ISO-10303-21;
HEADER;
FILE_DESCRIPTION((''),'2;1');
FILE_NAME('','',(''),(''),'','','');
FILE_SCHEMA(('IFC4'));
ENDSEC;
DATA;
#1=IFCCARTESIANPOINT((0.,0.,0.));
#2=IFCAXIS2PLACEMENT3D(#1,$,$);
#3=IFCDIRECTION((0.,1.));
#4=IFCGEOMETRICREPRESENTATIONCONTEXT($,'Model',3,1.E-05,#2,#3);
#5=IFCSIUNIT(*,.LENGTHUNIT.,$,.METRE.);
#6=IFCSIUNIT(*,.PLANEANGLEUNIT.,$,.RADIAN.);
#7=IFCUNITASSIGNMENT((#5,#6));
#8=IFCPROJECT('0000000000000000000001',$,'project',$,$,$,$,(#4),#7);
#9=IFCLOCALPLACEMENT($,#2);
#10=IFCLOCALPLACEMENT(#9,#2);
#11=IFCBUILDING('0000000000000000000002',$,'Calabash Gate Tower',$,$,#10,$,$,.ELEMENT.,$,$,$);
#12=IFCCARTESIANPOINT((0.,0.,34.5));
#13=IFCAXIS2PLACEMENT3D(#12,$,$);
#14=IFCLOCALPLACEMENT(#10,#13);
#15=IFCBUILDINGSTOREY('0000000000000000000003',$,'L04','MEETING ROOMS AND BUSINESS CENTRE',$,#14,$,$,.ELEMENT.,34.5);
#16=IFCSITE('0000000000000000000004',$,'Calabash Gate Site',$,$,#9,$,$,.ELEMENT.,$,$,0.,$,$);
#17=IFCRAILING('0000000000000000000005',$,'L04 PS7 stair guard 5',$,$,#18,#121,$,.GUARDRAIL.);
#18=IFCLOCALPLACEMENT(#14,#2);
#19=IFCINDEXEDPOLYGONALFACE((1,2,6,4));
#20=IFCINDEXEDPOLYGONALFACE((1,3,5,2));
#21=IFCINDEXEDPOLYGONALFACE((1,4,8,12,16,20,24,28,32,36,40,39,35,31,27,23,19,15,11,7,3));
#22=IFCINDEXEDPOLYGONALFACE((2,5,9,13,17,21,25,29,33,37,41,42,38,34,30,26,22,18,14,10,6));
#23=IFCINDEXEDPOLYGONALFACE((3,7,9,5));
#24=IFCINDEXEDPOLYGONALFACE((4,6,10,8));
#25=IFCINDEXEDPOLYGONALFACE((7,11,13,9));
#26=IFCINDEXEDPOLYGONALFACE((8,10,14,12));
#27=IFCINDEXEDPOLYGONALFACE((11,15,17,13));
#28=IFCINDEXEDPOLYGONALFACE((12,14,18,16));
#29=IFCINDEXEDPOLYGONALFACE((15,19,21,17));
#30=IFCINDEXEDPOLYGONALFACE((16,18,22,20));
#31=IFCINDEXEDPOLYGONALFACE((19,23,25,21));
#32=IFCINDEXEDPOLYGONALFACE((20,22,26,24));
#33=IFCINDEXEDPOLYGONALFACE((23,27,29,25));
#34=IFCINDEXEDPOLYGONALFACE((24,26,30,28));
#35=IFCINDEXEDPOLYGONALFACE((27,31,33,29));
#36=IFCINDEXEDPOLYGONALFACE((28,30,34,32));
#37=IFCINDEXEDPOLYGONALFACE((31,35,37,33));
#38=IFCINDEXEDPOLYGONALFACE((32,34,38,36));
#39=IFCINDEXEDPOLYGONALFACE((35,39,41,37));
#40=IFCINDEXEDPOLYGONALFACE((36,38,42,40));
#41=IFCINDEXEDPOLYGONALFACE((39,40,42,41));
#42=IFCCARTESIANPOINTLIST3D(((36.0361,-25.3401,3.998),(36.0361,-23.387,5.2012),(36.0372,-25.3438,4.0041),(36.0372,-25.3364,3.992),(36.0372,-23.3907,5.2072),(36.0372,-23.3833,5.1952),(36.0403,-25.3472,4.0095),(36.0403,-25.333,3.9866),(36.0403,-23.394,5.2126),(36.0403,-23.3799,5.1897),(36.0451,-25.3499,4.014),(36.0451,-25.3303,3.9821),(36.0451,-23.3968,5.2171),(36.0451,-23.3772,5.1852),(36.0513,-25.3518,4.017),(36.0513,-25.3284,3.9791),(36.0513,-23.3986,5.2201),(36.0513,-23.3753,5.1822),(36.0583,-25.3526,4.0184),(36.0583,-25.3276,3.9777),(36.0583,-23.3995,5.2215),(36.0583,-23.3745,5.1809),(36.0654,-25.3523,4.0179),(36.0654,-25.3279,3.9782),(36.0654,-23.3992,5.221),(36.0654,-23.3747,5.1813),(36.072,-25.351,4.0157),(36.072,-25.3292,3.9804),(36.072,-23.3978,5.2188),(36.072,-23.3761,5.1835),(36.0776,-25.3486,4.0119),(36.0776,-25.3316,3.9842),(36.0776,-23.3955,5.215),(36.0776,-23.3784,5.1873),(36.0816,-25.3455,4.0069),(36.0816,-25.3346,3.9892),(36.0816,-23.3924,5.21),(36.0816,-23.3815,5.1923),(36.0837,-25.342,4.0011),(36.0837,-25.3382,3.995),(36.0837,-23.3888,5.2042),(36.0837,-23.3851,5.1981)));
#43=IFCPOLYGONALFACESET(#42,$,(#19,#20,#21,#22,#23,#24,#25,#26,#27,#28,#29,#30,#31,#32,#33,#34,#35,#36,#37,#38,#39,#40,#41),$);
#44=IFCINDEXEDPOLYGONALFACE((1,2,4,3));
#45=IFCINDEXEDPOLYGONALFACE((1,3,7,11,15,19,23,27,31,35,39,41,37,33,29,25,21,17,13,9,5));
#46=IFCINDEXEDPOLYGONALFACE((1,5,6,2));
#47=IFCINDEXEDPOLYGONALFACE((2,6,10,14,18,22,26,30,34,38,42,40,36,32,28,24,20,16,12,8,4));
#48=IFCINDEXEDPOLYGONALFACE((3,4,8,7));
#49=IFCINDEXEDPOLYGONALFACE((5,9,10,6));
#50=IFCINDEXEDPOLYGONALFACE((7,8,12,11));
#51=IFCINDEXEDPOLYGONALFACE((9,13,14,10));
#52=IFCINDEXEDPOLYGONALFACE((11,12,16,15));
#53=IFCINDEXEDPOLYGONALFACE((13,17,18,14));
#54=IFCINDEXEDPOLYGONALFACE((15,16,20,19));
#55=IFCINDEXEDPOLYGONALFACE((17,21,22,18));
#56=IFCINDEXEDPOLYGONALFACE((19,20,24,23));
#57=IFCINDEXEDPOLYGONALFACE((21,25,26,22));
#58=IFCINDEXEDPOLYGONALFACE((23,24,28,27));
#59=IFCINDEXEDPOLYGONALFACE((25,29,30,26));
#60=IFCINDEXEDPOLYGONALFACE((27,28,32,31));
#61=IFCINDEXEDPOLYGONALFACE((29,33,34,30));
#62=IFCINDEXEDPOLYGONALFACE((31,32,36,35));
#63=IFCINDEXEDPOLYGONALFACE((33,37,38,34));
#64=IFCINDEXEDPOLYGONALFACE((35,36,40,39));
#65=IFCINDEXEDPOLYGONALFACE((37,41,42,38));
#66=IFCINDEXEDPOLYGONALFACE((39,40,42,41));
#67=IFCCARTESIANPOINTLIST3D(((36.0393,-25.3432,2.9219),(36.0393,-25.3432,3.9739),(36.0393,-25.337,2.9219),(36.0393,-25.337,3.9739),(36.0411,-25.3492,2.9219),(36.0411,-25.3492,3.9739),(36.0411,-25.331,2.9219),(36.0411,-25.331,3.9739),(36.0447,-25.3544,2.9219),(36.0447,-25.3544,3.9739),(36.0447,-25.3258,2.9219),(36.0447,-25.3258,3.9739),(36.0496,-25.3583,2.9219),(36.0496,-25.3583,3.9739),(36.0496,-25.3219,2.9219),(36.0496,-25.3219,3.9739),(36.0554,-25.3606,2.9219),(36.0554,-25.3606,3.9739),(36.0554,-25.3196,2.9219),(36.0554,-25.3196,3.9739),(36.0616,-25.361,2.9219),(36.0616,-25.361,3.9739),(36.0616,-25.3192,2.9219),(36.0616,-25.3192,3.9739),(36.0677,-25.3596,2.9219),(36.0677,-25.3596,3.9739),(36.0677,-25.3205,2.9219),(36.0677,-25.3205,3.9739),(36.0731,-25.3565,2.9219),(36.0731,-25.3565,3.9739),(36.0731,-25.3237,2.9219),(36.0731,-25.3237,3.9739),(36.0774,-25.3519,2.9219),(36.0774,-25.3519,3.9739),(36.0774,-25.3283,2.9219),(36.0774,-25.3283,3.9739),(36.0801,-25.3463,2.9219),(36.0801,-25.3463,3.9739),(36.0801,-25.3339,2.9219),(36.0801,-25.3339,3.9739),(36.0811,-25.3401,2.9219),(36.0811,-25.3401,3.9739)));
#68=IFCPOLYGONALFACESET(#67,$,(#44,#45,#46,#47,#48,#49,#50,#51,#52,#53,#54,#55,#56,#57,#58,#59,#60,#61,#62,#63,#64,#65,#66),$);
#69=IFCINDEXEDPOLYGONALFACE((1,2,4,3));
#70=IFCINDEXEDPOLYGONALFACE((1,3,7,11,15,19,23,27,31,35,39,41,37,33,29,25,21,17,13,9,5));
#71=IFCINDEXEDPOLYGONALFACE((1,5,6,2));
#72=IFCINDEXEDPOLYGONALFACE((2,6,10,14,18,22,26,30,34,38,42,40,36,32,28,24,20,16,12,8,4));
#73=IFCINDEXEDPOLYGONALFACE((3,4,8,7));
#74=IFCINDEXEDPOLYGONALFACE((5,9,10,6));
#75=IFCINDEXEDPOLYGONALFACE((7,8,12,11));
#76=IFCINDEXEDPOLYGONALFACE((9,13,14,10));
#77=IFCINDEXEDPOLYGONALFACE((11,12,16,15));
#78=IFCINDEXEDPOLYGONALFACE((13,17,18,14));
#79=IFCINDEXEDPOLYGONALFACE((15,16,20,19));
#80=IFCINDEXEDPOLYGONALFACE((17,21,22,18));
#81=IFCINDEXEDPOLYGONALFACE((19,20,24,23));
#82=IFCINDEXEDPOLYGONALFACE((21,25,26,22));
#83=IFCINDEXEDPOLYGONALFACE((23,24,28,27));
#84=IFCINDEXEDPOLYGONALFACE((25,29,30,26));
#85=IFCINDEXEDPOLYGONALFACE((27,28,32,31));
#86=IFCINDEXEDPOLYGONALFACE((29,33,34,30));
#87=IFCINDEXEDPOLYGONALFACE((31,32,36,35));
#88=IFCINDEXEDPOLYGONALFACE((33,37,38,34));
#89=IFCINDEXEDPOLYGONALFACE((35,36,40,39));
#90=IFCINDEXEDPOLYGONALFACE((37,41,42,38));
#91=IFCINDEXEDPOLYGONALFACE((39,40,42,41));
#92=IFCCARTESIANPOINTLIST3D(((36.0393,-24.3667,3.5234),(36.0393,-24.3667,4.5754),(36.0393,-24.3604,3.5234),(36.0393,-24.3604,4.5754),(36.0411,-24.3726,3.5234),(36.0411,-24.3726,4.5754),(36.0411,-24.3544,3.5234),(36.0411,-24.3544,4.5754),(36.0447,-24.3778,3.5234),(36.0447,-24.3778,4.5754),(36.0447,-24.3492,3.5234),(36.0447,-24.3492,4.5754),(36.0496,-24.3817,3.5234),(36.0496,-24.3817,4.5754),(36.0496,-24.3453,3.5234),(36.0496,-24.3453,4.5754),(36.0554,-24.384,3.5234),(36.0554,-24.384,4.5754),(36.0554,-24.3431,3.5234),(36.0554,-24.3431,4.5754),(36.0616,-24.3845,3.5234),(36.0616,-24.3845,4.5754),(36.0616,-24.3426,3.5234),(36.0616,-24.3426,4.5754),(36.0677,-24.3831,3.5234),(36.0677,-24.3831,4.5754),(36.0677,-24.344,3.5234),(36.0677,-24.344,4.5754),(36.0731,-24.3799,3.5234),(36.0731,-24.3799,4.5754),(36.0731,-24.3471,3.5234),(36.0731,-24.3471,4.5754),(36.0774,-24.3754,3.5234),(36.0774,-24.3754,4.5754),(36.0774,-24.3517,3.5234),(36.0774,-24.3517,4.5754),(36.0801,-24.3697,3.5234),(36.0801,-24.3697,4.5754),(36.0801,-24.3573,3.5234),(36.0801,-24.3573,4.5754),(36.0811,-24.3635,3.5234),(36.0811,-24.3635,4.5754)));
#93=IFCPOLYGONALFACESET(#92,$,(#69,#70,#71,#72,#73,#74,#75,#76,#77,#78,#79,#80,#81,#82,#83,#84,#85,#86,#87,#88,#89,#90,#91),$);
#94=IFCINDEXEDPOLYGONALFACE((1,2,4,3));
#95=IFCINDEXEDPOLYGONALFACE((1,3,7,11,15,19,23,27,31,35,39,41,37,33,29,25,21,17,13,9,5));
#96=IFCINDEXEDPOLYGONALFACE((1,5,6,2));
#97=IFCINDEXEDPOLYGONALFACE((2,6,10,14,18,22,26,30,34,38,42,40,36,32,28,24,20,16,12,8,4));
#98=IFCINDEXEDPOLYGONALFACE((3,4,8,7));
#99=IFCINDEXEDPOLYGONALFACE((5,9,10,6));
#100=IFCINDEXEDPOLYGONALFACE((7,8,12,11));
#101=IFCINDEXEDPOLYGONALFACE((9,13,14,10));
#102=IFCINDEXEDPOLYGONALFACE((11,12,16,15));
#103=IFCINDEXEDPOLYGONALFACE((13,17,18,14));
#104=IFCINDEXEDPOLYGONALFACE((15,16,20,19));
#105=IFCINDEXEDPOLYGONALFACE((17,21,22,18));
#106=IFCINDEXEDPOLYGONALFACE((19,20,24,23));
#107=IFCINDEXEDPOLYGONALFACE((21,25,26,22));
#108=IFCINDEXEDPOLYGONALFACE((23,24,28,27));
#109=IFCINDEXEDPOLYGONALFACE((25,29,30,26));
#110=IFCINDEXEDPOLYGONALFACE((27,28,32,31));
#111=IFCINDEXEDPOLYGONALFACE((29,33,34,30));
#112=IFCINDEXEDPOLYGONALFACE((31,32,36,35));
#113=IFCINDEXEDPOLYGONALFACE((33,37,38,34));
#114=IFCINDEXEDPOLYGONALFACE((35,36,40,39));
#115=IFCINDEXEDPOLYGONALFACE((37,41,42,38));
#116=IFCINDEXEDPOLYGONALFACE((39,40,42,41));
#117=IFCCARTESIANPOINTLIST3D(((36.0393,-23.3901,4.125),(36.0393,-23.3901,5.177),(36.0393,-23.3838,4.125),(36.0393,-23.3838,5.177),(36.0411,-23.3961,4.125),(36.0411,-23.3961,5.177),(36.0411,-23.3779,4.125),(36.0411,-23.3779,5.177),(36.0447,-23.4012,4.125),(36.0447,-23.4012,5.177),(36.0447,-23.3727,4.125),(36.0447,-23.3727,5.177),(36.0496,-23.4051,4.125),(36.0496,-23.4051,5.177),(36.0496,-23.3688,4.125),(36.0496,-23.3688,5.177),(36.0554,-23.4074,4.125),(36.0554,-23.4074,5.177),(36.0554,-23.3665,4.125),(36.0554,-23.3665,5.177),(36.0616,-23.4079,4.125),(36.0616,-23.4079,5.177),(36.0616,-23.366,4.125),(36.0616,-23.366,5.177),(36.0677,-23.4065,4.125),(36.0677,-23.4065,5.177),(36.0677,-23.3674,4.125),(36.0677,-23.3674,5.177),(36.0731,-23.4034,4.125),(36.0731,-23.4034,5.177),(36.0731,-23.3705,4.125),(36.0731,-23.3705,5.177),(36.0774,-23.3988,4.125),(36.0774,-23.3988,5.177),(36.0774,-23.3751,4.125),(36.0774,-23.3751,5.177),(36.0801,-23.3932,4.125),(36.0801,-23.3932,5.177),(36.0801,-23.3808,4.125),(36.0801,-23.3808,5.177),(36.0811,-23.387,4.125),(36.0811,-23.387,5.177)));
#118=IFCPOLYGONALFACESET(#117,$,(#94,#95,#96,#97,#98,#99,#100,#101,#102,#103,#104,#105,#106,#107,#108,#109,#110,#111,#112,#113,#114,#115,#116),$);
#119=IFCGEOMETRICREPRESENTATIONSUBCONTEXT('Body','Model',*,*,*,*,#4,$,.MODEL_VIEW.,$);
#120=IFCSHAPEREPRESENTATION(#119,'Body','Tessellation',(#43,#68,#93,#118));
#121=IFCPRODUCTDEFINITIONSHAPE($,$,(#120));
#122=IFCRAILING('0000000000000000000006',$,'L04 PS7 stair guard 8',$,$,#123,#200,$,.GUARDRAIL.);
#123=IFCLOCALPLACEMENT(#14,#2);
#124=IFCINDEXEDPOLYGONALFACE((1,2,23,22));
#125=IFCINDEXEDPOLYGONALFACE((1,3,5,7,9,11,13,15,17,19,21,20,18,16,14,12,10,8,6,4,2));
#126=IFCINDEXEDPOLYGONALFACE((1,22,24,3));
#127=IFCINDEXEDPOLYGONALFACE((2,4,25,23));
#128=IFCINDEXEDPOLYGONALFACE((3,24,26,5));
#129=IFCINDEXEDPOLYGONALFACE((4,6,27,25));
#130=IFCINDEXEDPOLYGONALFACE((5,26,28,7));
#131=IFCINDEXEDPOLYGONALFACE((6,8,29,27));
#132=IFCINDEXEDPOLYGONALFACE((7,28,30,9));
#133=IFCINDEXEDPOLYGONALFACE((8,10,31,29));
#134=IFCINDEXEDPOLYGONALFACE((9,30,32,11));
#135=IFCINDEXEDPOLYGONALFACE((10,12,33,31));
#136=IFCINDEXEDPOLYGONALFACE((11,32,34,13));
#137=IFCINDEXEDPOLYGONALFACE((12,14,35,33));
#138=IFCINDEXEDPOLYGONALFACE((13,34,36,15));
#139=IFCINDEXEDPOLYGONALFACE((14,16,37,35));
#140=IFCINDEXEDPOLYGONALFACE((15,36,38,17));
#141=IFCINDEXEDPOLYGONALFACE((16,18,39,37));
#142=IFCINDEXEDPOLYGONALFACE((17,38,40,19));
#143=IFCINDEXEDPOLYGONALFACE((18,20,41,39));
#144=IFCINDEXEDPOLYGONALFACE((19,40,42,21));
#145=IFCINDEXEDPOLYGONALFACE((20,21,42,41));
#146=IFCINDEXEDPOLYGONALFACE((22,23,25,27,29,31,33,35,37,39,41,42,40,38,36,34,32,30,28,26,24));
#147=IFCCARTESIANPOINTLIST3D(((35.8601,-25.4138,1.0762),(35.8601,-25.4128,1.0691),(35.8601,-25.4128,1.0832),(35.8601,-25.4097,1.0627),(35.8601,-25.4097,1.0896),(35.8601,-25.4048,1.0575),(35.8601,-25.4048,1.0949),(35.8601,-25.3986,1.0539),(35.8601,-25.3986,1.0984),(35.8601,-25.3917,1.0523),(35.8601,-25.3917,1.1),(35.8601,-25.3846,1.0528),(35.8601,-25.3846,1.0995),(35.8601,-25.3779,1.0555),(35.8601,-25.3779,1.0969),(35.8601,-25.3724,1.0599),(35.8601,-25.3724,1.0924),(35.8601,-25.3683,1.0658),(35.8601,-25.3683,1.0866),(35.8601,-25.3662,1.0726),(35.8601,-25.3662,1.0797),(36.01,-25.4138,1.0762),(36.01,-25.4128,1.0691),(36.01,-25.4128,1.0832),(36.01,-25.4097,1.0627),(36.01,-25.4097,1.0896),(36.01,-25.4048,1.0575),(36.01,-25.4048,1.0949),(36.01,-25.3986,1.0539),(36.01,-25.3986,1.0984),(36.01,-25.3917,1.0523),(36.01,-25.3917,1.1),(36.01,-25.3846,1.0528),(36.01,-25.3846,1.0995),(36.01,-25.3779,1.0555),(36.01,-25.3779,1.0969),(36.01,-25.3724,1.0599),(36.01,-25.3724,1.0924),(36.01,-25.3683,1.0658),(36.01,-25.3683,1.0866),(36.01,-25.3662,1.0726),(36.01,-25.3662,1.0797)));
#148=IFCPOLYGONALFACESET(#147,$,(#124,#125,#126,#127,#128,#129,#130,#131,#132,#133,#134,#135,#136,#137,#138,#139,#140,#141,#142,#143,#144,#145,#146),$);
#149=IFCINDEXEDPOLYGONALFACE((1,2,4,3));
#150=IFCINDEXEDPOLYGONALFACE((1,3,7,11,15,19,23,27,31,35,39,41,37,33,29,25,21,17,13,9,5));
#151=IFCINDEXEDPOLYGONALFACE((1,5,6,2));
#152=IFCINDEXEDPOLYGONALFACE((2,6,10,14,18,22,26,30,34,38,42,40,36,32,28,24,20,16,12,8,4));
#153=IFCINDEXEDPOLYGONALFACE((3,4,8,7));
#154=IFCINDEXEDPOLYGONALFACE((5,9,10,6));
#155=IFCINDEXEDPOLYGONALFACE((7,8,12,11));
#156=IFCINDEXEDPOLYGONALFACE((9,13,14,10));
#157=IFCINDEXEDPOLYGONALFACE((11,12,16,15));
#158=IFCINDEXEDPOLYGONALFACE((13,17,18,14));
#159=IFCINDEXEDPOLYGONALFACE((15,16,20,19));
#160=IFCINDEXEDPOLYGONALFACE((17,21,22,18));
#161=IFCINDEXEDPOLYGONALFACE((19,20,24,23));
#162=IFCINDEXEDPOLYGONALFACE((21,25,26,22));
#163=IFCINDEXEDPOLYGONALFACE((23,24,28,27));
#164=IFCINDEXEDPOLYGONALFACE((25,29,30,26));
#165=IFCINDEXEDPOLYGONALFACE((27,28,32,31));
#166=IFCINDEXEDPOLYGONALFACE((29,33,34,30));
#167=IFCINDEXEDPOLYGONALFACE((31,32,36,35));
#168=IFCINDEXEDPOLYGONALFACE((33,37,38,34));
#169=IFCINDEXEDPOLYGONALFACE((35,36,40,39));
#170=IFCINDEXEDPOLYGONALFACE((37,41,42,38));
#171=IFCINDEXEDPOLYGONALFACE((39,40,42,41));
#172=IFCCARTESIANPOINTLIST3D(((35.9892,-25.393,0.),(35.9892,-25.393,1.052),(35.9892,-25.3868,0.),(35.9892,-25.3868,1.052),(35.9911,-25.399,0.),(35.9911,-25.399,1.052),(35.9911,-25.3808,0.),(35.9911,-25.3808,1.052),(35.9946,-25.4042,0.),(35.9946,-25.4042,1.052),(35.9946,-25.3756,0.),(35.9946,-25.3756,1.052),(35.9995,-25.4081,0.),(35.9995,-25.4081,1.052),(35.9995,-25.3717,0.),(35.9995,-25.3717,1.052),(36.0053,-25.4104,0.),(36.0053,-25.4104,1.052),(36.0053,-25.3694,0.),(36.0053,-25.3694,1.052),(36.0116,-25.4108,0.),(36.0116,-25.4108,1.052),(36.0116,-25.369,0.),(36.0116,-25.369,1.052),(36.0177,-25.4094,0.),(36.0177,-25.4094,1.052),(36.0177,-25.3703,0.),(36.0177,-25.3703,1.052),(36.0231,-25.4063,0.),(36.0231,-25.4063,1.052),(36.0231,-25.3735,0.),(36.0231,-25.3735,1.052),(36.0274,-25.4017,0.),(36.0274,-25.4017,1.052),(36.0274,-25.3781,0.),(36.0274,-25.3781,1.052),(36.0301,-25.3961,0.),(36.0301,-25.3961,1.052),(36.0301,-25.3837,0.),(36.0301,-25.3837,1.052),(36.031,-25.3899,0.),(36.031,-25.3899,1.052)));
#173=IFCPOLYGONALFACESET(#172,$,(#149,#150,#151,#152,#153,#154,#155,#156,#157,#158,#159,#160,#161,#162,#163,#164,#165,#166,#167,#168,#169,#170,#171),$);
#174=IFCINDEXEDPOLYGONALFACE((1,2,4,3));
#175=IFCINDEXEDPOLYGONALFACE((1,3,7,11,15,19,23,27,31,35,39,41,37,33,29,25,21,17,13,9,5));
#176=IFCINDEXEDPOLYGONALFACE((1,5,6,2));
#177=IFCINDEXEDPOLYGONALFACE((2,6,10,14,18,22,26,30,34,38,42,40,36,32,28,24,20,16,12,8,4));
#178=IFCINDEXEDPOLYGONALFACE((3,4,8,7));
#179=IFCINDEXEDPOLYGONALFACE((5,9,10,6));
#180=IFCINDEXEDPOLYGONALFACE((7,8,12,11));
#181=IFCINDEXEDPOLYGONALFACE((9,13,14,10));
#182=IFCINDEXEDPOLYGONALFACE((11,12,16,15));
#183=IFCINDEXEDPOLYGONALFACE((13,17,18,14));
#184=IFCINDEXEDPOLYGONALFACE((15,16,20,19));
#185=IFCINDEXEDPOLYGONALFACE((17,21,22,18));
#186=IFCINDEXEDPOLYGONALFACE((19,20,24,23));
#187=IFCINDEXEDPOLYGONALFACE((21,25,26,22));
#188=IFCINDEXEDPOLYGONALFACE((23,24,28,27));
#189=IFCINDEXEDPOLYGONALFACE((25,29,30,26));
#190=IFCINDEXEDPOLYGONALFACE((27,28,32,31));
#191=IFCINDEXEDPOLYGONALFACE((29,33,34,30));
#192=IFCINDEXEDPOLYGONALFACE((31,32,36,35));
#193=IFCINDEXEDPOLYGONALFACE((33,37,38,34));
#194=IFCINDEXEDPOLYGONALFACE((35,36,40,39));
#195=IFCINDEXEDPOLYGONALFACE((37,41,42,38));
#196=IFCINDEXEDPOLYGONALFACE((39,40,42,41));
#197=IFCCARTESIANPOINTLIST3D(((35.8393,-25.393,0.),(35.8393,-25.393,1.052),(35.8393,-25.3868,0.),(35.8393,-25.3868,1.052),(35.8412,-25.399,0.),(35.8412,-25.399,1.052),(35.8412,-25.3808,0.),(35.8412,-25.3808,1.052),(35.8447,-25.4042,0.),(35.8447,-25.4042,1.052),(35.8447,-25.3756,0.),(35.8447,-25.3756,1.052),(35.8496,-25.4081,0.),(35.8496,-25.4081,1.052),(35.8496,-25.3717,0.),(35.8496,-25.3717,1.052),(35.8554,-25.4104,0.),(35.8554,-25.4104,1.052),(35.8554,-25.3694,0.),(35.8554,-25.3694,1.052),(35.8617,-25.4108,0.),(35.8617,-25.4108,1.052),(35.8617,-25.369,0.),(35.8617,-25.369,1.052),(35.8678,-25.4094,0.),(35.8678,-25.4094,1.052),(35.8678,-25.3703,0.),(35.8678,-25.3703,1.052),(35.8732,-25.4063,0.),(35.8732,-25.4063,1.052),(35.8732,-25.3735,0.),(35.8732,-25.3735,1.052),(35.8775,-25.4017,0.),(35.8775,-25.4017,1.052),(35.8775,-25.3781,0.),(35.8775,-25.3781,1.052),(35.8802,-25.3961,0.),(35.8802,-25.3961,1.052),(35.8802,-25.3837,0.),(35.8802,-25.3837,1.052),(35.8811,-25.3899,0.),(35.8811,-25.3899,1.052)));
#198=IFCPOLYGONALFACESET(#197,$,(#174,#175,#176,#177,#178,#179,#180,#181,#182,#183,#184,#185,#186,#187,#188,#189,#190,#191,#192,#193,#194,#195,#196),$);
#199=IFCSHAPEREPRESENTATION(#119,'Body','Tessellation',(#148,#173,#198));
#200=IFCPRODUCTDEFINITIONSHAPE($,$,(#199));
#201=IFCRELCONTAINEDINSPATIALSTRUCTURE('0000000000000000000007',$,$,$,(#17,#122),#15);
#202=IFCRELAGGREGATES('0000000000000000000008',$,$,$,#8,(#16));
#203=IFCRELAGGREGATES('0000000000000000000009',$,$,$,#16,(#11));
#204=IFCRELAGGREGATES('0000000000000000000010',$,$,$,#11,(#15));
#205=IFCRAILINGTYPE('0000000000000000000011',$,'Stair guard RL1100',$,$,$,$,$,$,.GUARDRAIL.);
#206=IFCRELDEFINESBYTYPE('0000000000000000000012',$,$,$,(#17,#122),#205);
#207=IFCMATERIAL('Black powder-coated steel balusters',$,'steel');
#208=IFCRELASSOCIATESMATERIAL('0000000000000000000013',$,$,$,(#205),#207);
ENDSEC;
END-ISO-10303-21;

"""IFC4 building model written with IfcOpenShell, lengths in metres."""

from ifc_helpers import new_model, si_unit, direction, frame, origin, origin_2d, place, context, subcontext, project, spatial, circle, extrude, material, type_object, element, save


model = new_model("IFC4")

# Units and contexts
model_context = context("Model", 3, precision=1e-05, world=origin(), true_north=direction((0.0, 1.0)))
body_context = subcontext(model_context, "Body", "Model", "MODEL_VIEW")
ifc_project = project(units=[si_unit("LENGTHUNIT", "METRE"), si_unit("PLANEANGLEUNIT", "RADIAN")], contexts=[model_context])

# Site, building, storey
site_placement = place(None, origin())
site = spatial("IfcSite", under=ifc_project, at=site_placement, Name="Calabash Gate Site", CompositionType="ELEMENT", RefElevation=0.0)
building_placement = place(site_placement, origin())
building = spatial("IfcBuilding", under=site, at=building_placement, Name="Calabash Gate Tower", CompositionType="ELEMENT")
storey_placement = place(building_placement, frame((0.0, 0.0, 34.5)))
storey = spatial("IfcBuildingStorey", under=building, at=storey_placement, Name="L04", Description="MEETING ROOMS AND BUSINESS CENTRE", CompositionType="ELEMENT", Elevation=34.5)

# Railings
ifc_material_1 = material(Name="Black powder-coated steel balusters", Category="steel")
railing_type_1 = type_object("IfcRailingType", Name="Stair guard RL1100", PredefinedType="GUARDRAIL", material=ifc_material_1)
railing_1_placement = place(storey_placement, frame((36.0601, -25.3401, 2.9219)))
element("IfcRailing", 1, at=railing_1_placement, inside=storey, type_object=railing_type_1, Name="L04 PS7 stair guard 5", PredefinedType="GUARDRAIL", context=body_context, shape_type="SweptSolid", body=[
    extrude(circle(Radius=0.0239, at=origin_2d()), frame((0.0, 0.0, 1.0762), z_axis=(0.0, 0.851424, 0.524477), x_axis=(-1.0, 0.0, 0.0)), (0.0, 0.0, 1.0), 2.2939),
    extrude(circle(Radius=0.021, at=origin_2d()), origin(), (0.0, 0.0, 1.0), 1.052),
    extrude(circle(Radius=0.021, at=origin_2d()), frame((0.0, 0.9766, 0.6016)), (0.0, 0.0, 1.0), 1.052),
    extrude(circle(Radius=0.021, at=origin_2d()), frame((0.0, 1.9531, 1.2031)), (0.0, 0.0, 1.0), 1.052),
])
railing_2_placement = place(storey_placement, frame((36.01, -25.3899, 0.0)))
element("IfcRailing", 2, at=railing_2_placement, inside=storey, type_object=railing_type_1, Name="L04 PS7 stair guard 8", PredefinedType="GUARDRAIL", context=body_context, shape_type="SweptSolid", body=[
    extrude(circle(Radius=0.0239, at=origin_2d()), frame((0.0, 0.0, 1.0762), z_axis=(-1.0, 0.0, 0.0), x_axis=(0.0, -1.0, 0.0)), (0.0, 0.0, 1.0), 0.1499),
    extrude(circle(Radius=0.021, at=origin_2d()), origin(), (0.0, 0.0, 1.0), 1.052),
    extrude(circle(Radius=0.021, at=origin_2d()), frame((-0.1499, 0.0, 0.0)), (0.0, 0.0, 1.0), 1.052),
])

save(model, "model.ifc")
